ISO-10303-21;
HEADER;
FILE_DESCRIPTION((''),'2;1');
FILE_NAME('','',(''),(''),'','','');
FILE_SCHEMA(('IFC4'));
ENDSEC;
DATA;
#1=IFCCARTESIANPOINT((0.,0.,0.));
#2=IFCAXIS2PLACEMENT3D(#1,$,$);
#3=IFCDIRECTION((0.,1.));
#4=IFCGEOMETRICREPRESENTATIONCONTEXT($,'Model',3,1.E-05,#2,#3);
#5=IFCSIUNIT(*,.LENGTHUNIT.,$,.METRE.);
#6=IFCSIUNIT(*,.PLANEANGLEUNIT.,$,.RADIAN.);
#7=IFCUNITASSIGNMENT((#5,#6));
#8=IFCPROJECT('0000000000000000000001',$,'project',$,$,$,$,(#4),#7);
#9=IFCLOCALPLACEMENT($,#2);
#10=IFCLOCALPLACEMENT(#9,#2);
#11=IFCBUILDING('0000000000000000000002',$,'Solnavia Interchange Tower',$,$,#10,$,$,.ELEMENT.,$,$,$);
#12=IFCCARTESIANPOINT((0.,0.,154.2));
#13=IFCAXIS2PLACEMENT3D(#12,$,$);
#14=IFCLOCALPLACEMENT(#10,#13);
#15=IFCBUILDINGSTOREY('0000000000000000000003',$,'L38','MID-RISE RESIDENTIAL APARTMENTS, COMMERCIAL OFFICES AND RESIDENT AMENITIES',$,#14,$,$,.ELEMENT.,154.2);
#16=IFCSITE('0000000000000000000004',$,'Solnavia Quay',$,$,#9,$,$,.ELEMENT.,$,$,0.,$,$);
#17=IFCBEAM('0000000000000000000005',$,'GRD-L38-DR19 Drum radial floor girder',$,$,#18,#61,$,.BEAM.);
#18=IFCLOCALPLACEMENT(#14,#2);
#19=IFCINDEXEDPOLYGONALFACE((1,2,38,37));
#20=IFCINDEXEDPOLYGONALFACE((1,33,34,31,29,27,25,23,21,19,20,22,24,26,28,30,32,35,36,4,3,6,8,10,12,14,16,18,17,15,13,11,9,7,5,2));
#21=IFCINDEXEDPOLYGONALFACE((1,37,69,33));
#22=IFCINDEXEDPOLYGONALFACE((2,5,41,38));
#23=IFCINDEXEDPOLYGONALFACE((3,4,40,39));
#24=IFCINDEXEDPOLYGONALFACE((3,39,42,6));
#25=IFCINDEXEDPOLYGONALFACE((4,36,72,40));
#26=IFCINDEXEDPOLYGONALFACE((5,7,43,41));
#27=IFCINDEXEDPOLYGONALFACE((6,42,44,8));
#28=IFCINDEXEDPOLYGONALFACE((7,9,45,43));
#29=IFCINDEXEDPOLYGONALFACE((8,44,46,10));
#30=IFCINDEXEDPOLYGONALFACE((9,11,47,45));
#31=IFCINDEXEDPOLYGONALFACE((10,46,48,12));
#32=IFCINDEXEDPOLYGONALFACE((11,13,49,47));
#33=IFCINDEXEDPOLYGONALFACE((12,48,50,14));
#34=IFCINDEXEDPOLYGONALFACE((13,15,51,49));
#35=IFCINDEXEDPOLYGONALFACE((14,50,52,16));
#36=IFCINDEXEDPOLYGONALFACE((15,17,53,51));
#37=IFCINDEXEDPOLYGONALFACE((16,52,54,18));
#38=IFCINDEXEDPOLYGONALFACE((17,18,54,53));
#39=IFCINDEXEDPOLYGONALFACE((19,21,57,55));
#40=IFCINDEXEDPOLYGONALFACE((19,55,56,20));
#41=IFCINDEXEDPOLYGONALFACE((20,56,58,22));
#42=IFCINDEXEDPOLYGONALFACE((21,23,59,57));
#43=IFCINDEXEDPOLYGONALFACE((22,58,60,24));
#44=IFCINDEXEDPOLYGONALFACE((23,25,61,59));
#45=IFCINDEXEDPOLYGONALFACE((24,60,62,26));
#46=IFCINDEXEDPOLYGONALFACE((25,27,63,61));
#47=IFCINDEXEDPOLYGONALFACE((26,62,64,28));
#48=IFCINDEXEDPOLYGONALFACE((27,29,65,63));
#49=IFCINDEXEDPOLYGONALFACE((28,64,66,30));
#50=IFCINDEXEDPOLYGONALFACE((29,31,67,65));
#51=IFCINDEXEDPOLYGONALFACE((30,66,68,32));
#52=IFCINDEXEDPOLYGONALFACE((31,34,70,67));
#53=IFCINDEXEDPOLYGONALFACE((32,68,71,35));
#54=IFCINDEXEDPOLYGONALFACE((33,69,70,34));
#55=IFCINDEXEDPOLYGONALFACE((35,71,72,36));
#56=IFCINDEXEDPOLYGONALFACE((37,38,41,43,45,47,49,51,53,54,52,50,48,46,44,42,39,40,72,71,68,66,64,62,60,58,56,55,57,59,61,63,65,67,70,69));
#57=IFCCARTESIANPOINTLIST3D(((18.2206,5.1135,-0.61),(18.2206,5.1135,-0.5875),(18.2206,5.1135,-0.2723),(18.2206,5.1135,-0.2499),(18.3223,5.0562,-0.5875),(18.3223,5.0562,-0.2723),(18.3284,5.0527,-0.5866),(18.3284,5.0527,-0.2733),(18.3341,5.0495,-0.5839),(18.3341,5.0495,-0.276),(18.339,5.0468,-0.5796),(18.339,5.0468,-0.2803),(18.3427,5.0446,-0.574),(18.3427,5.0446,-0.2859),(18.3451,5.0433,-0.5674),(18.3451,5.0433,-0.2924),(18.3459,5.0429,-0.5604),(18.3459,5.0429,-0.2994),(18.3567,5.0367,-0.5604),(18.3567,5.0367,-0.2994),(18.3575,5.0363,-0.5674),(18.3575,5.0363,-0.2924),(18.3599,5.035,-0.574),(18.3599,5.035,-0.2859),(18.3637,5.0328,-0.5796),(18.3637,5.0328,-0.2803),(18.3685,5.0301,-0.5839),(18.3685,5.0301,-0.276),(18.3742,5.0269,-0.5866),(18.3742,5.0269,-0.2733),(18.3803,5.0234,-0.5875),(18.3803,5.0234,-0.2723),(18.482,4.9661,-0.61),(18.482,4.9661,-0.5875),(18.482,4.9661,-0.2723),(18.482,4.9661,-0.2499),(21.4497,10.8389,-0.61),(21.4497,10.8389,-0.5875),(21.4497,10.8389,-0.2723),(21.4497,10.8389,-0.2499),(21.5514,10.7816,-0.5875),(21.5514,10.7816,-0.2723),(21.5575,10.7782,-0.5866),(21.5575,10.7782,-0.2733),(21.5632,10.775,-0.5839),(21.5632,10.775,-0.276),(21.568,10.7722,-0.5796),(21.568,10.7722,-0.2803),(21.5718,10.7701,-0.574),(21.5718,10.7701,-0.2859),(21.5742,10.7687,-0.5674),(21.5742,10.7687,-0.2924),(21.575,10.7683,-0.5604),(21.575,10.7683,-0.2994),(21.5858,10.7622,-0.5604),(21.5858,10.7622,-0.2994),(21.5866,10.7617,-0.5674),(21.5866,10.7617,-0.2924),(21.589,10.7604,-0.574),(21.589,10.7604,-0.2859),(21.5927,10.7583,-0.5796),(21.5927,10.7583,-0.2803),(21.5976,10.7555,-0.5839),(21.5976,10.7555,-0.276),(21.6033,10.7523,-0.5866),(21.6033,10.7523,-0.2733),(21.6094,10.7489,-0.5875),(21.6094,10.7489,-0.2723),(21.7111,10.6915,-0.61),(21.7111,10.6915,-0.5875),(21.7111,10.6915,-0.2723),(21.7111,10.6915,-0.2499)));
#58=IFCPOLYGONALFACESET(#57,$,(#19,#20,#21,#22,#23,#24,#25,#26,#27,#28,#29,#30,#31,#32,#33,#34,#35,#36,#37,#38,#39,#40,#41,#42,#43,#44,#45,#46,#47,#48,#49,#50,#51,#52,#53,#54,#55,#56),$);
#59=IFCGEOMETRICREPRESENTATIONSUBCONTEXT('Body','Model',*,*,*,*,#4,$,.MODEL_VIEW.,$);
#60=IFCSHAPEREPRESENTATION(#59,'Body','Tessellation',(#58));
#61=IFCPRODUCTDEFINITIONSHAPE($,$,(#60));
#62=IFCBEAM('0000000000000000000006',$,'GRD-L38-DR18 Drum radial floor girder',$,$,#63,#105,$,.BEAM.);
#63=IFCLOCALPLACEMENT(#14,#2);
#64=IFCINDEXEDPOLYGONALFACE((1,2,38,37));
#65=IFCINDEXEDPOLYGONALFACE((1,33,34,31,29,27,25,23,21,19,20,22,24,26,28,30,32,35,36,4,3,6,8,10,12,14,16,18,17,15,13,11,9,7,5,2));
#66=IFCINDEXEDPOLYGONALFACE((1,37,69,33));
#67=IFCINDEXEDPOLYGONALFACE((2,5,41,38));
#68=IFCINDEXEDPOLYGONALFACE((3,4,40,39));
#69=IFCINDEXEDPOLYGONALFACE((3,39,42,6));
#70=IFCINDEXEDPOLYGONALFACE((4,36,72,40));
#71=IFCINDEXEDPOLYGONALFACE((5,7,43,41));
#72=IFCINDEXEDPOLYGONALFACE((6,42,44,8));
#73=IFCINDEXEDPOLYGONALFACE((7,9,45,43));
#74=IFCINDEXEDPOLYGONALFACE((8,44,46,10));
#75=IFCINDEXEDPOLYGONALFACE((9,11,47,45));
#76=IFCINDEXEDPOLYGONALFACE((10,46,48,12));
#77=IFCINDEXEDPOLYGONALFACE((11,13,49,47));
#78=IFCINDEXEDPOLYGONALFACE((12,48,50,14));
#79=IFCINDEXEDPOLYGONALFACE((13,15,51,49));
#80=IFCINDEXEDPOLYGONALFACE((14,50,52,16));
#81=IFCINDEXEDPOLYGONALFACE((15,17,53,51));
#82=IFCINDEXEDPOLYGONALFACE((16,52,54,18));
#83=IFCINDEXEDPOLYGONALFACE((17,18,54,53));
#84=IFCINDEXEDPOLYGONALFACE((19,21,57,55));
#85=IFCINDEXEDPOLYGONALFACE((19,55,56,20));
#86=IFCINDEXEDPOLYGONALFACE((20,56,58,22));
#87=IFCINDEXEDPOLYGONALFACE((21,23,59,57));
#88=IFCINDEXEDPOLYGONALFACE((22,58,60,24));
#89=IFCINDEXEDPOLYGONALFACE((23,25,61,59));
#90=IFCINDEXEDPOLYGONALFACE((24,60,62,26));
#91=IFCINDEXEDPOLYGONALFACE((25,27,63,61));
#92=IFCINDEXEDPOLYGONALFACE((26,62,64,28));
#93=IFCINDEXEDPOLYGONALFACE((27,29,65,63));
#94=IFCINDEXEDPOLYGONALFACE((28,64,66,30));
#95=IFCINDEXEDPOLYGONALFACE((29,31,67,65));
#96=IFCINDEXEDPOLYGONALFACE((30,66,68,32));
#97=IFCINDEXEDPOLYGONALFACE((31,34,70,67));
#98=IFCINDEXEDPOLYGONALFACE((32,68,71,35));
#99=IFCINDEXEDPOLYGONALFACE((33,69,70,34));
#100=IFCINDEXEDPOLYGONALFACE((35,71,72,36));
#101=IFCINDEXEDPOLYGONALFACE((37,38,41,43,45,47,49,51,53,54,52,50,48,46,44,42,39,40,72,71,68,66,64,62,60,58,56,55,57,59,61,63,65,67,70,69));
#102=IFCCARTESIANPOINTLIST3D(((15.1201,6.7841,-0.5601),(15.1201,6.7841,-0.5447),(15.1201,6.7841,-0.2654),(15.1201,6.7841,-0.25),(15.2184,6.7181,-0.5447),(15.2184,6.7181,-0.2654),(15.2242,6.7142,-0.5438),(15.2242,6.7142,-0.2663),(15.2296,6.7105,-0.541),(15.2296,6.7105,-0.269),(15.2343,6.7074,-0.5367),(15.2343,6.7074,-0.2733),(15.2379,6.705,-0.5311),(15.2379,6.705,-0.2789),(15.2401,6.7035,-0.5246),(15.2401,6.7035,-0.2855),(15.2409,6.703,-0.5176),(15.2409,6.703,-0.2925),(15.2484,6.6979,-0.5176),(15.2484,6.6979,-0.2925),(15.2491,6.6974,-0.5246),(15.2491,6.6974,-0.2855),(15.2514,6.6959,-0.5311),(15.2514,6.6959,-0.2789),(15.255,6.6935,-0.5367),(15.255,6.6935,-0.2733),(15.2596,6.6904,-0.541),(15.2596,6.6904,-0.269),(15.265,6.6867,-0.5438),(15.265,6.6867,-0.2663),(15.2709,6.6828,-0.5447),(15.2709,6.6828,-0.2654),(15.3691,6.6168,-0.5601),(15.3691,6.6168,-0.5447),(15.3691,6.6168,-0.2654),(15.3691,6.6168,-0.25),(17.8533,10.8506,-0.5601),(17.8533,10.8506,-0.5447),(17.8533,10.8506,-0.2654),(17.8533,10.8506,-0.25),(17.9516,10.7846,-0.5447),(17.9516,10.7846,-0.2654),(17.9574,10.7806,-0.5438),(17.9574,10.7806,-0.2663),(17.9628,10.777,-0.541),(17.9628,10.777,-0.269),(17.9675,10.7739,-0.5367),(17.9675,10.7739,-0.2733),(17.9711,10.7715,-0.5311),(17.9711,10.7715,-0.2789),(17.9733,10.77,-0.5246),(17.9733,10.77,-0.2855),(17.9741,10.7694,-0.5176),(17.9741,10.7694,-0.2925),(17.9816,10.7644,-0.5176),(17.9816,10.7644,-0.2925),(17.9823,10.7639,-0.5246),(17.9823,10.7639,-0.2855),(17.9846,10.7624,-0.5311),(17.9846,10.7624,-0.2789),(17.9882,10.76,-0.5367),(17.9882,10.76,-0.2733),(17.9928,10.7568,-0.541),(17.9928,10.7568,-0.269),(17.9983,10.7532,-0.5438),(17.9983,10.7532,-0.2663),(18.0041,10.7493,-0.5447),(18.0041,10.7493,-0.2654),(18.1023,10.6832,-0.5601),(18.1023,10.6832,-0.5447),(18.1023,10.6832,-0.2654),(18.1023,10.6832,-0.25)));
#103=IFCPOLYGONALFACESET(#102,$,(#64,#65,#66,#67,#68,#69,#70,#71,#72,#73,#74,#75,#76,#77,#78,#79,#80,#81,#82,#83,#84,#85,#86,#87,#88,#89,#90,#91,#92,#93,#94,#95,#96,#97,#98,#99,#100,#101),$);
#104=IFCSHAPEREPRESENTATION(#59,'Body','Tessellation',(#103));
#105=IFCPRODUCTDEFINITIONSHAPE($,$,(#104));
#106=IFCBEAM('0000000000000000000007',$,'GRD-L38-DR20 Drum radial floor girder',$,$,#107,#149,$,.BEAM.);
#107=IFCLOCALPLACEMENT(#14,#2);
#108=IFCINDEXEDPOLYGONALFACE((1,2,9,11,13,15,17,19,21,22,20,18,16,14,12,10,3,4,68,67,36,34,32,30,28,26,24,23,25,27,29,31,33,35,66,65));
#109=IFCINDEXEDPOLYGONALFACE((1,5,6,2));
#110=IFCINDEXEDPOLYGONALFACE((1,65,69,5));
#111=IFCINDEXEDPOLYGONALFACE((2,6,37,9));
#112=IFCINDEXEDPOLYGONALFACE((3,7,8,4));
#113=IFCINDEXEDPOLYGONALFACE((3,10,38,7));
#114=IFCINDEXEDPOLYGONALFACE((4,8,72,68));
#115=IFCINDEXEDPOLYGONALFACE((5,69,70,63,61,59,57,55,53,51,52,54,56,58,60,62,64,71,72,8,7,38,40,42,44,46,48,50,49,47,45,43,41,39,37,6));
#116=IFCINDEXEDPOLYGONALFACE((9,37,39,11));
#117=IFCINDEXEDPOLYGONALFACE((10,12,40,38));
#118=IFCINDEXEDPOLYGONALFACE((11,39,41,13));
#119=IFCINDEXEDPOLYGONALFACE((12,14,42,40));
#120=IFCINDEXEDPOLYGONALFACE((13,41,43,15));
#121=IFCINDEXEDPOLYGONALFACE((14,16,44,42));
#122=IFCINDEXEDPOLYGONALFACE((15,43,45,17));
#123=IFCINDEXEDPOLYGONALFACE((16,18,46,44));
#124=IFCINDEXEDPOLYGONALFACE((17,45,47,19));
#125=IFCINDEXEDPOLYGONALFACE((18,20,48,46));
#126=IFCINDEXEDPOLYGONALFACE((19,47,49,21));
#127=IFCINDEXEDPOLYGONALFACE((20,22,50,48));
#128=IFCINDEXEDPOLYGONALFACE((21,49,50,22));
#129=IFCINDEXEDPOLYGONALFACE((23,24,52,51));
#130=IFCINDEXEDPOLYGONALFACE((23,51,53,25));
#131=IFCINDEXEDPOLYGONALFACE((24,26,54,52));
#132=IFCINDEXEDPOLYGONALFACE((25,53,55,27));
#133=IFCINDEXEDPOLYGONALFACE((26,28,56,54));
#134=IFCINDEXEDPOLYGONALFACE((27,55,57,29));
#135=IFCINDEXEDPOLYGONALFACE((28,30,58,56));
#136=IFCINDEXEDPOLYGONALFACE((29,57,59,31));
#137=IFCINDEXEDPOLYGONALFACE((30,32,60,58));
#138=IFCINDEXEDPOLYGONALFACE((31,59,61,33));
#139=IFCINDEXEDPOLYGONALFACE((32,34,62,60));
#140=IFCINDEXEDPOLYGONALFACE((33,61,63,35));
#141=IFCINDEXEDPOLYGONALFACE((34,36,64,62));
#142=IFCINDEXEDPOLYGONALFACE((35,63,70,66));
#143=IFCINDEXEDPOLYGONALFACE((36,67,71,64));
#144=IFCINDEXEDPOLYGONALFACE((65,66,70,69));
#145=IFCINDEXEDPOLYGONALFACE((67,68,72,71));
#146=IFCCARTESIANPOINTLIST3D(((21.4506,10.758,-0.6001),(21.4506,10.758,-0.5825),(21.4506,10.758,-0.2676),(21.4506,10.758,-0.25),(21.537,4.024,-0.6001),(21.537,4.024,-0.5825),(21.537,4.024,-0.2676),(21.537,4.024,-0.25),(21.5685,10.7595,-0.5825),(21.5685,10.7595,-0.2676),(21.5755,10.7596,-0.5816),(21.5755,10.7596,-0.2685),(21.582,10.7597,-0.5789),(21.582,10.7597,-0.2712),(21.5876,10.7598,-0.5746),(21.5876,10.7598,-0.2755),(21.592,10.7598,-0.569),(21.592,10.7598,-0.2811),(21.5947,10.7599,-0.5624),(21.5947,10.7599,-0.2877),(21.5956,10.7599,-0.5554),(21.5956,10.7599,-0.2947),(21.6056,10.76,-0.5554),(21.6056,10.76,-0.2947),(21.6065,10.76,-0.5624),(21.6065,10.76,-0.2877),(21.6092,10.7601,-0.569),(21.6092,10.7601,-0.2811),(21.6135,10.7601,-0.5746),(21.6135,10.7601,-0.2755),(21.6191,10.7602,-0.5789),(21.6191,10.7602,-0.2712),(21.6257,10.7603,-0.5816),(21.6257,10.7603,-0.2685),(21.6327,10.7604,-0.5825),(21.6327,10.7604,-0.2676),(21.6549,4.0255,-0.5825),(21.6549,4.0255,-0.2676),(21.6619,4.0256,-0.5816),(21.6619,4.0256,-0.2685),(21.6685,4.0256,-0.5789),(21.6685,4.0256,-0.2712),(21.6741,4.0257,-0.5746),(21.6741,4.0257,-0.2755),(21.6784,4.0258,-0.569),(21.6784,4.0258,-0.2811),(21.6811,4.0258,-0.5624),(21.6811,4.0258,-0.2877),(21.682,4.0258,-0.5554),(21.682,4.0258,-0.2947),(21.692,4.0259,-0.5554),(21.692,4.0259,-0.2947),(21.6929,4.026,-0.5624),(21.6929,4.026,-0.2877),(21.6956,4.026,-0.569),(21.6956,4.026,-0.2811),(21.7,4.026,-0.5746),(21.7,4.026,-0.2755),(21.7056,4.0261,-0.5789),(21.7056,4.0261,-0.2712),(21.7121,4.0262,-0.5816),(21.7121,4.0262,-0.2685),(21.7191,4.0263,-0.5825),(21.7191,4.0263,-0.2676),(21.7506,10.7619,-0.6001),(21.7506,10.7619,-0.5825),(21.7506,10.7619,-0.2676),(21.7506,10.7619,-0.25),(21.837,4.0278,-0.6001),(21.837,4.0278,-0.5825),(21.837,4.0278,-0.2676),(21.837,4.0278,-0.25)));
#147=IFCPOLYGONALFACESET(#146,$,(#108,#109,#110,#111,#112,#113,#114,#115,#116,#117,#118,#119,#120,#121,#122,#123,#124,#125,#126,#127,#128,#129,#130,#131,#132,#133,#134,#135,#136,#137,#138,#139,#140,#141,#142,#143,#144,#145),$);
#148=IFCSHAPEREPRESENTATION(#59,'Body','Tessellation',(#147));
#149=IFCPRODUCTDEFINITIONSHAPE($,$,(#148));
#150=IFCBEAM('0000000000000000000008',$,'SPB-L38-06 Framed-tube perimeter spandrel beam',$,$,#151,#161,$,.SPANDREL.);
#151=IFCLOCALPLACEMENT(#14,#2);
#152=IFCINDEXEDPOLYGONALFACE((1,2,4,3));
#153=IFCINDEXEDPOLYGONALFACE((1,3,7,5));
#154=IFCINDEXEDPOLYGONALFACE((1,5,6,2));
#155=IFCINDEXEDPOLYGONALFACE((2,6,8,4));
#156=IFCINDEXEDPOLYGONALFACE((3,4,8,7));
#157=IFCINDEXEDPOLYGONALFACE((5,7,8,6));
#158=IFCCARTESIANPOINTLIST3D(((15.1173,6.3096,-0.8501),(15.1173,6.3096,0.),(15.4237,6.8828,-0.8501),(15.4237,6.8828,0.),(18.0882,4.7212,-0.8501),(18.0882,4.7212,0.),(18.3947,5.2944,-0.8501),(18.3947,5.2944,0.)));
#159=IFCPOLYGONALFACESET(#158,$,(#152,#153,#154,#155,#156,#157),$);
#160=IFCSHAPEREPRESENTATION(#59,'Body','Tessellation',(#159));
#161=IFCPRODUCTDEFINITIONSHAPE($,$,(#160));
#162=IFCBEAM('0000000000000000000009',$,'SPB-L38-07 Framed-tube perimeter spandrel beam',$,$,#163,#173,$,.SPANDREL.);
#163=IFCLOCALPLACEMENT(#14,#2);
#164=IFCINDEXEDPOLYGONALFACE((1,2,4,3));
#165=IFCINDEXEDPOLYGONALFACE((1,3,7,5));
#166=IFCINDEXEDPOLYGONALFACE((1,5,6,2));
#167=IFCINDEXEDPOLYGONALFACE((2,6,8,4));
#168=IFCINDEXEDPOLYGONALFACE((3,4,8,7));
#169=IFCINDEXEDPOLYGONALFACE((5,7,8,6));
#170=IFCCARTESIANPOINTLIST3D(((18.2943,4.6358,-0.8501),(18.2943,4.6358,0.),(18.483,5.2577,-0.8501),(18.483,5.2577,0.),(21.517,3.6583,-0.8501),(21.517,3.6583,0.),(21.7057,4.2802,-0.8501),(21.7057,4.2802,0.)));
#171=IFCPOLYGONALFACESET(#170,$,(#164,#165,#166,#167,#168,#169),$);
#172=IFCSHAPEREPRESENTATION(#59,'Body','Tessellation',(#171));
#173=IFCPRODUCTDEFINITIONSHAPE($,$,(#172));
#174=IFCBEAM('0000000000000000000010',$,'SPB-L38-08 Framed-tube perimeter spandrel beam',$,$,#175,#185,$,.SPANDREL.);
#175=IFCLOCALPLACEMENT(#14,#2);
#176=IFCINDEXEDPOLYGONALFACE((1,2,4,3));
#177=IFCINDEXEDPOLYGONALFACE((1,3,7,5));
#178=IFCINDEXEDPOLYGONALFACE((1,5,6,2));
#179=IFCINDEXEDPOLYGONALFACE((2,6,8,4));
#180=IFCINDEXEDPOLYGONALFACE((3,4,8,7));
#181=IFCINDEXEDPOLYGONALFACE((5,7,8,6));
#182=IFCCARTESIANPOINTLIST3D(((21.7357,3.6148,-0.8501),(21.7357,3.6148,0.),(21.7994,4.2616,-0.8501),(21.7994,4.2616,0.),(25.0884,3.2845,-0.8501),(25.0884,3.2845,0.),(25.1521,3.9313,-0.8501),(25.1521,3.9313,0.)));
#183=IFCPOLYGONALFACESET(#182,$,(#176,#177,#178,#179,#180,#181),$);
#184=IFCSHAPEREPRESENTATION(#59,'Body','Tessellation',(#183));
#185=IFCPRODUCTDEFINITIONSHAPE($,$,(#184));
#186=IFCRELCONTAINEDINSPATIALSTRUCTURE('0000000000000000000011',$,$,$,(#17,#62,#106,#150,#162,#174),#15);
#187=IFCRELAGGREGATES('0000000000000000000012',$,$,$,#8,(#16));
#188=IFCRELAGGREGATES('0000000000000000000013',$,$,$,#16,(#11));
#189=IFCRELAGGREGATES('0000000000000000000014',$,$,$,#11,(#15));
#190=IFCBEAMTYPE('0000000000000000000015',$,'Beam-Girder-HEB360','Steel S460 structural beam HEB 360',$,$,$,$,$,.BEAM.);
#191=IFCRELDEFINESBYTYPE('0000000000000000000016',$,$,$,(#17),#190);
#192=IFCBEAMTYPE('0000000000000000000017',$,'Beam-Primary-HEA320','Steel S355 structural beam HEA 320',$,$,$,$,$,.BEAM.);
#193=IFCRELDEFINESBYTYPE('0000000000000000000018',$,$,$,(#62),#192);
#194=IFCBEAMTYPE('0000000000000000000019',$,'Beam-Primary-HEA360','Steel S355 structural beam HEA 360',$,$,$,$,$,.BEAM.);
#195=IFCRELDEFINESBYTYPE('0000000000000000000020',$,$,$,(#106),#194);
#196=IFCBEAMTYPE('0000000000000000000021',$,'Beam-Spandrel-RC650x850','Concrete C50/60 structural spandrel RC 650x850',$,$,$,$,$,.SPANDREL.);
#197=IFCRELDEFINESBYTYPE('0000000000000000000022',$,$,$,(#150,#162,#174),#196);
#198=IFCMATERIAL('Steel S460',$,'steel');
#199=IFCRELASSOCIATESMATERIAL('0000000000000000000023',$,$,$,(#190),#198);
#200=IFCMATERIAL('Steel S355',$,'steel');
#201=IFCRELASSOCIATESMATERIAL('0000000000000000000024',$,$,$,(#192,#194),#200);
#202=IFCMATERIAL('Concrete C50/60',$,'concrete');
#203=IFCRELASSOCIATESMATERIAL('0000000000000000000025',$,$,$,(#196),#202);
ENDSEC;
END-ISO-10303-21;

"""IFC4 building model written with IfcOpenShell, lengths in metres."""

from ifc_helpers import new_model, si_unit, direction, frame, origin, origin_2d, place, context, subcontext, project, spatial, rectangle, i_section, extrude, material, material_profile, profile_set, type_object, element, save


model = new_model("IFC4")

# Units and contexts
model_context = context("Model", 3, precision=1e-05, world=origin(), true_north=direction((0.0, 1.0)))
body_context = subcontext(model_context, "Body", "Model", "MODEL_VIEW")
ifc_project = project(units=[si_unit("LENGTHUNIT", "METRE"), si_unit("PLANEANGLEUNIT", "RADIAN")], contexts=[model_context])

# Site, building, storey
site_placement = place(None, origin())
site = spatial("IfcSite", under=ifc_project, at=site_placement, Name="Solnavia Quay", CompositionType="ELEMENT", RefElevation=0.0)
building_placement = place(site_placement, origin())
building = spatial("IfcBuilding", under=site, at=building_placement, Name="Solnavia Interchange Tower", CompositionType="ELEMENT")
storey_placement = place(building_placement, frame((0.0, 0.0, 154.2)))
storey = spatial("IfcBuildingStorey", under=building, at=storey_placement, Name="L38", Description="MID-RISE RESIDENTIAL APARTMENTS, COMMERCIAL OFFICES AND RESIDENT AMENITIES", CompositionType="ELEMENT", Elevation=154.2)

# Shared definitions
ifc_material_1 = material(Name="Concrete C50/60", Category="concrete")
ifc_material_2 = material(Name="Steel S355", Category="steel")

# Beams
ifc_material_3 = material(Name="Steel S460", Category="steel")
ifc_material_profile_1 = material_profile(ifc_material_3, i_section(OverallWidth=0.3, OverallDepth=0.3601, WebThickness=0.0125, FlangeThickness=0.0225, FilletRadius=0.0271, at=origin_2d()), Name="HEB 360")
ifc_profile_set_1 = profile_set([ifc_material_profile_1], Name="Steel S460")
beam_type_1 = type_object("IfcBeamType", Name="Beam-Girder-HEB360", Description="Steel S460 structural beam HEB 360", PredefinedType="BEAM", material=ifc_profile_set_1)
beam_1_placement = place(storey_placement, frame((18.3513, 5.0398, -0.4299), z_axis=(0.491243, 0.871022, 0.0), x_axis=(-0.871022, 0.491243, 0.0)))
element("IfcBeam", 1, at=beam_1_placement, inside=storey, type_object=beam_type_1, Name="GRD-L38-DR19 Drum radial floor girder", PredefinedType="BEAM", context=body_context, shape_type="SweptSolid", body=[
    extrude(i_section(OverallWidth=0.3, OverallDepth=0.3601, WebThickness=0.0125, FlangeThickness=0.0225, FilletRadius=0.0271, at=origin_2d()), origin(), (0.0, 0.0, 1.0), 6.5732),
])
ifc_material_profile_2 = material_profile(ifc_material_2, i_section(OverallWidth=0.3, OverallDepth=0.3101, WebThickness=0.009, FlangeThickness=0.0154, FilletRadius=0.0271, at=origin_2d()), Name="HEA 320")
ifc_profile_set_2 = profile_set([ifc_material_profile_2], Name="Steel S355")
beam_type_2 = type_object("IfcBeamType", Name="Beam-Primary-HEA320", Description="Steel S355 structural beam HEA 320", PredefinedType="BEAM", material=ifc_profile_set_2)
beam_2_placement = place(storey_placement, frame((15.2446, 6.7004, -0.405), z_axis=(0.557835, 0.829952, 0.0), x_axis=(-0.829952, 0.557835, 0.0)))
element("IfcBeam", 2, at=beam_2_placement, inside=storey, type_object=beam_type_2, Name="GRD-L38-DR18 Drum radial floor girder", PredefinedType="BEAM", context=body_context, shape_type="SweptSolid", body=[
    extrude(i_section(OverallWidth=0.3, OverallDepth=0.3101, WebThickness=0.009, FlangeThickness=0.0154, FilletRadius=0.0271, at=origin_2d()), origin(), (0.0, 0.0, 1.0), 4.8997),
])
ifc_material_profile_3 = material_profile(ifc_material_2, i_section(OverallWidth=0.3, OverallDepth=0.3501, WebThickness=0.01, FlangeThickness=0.0176, FilletRadius=0.0271, at=origin_2d()), Name="HEA 360")
ifc_profile_set_3 = profile_set([ifc_material_profile_3], Name="Steel S355")
beam_type_3 = type_object("IfcBeamType", Name="Beam-Primary-HEA360", Description="Steel S355 structural beam HEA 360", PredefinedType="BEAM", material=ifc_profile_set_3)
beam_3_placement = place(storey_placement, frame((21.687, 4.0259, -0.425), z_axis=(-0.012833, 0.999918, 0.0), x_axis=(-0.999918, -0.012833, 0.0)))
element("IfcBeam", 3, at=beam_3_placement, inside=storey, type_object=beam_type_3, Name="GRD-L38-DR20 Drum radial floor girder", PredefinedType="BEAM", context=body_context, shape_type="SweptSolid", body=[
    extrude(i_section(OverallWidth=0.3, OverallDepth=0.3501, WebThickness=0.01, FlangeThickness=0.0176, FilletRadius=0.0271, at=origin_2d()), origin(), (0.0, 0.0, 1.0), 6.7346),
])
ifc_material_profile_4 = material_profile(ifc_material_1, rectangle(XDim=0.6499, YDim=0.8501, at=origin_2d()), Name="RC 650x850")
ifc_profile_set_4 = profile_set([ifc_material_profile_4], Name="Concrete C50/60")
beam_type_4 = type_object("IfcBeamType", Name="Beam-Spandrel-RC650x850", Description="Concrete C50/60 structural spandrel RC 650x850", PredefinedType="SPANDREL", material=ifc_profile_set_4)
beam_4_placement = place(storey_placement, frame((15.2705, 6.5962, -0.425), z_axis=(0.881875, -0.471483, 0.0), x_axis=(0.471483, 0.881875, 0.0)))
element("IfcBeam", 4, at=beam_4_placement, inside=storey, type_object=beam_type_4, Name="SPB-L38-06 Framed-tube perimeter spandrel beam", PredefinedType="SPANDREL", context=body_context, shape_type="SweptSolid", body=[
    extrude(rectangle(XDim=0.6499, YDim=0.8501, at=origin_2d()), origin(), (0.0, 0.0, 1.0), 3.3689),
])
beam_5_placement = place(storey_placement, frame((18.3887, 4.9468, -0.425), z_axis=(0.956944, -0.290273, 0.0), x_axis=(0.290273, 0.956944, 0.0)))
element("IfcBeam", 5, at=beam_5_placement, inside=storey, type_object=beam_type_4, Name="SPB-L38-07 Framed-tube perimeter spandrel beam", PredefinedType="SPANDREL", context=body_context, shape_type="SweptSolid", body=[
    extrude(rectangle(XDim=0.6499, YDim=0.8501, at=origin_2d()), origin(), (0.0, 0.0, 1.0), 3.3677),
])
beam_6_placement = place(storey_placement, frame((21.7676, 3.9382, -0.425), z_axis=(0.995182, -0.098047, 0.0), x_axis=(0.098047, 0.995182, 0.0)))
element("IfcBeam", 6, at=beam_6_placement, inside=storey, type_object=beam_type_4, Name="SPB-L38-08 Framed-tube perimeter spandrel beam", PredefinedType="SPANDREL", context=body_context, shape_type="SweptSolid", body=[
    extrude(rectangle(XDim=0.6499, YDim=0.8501, at=origin_2d()), origin(), (0.0, 0.0, 1.0), 3.3689),
])

save(model, "model.ifc")
